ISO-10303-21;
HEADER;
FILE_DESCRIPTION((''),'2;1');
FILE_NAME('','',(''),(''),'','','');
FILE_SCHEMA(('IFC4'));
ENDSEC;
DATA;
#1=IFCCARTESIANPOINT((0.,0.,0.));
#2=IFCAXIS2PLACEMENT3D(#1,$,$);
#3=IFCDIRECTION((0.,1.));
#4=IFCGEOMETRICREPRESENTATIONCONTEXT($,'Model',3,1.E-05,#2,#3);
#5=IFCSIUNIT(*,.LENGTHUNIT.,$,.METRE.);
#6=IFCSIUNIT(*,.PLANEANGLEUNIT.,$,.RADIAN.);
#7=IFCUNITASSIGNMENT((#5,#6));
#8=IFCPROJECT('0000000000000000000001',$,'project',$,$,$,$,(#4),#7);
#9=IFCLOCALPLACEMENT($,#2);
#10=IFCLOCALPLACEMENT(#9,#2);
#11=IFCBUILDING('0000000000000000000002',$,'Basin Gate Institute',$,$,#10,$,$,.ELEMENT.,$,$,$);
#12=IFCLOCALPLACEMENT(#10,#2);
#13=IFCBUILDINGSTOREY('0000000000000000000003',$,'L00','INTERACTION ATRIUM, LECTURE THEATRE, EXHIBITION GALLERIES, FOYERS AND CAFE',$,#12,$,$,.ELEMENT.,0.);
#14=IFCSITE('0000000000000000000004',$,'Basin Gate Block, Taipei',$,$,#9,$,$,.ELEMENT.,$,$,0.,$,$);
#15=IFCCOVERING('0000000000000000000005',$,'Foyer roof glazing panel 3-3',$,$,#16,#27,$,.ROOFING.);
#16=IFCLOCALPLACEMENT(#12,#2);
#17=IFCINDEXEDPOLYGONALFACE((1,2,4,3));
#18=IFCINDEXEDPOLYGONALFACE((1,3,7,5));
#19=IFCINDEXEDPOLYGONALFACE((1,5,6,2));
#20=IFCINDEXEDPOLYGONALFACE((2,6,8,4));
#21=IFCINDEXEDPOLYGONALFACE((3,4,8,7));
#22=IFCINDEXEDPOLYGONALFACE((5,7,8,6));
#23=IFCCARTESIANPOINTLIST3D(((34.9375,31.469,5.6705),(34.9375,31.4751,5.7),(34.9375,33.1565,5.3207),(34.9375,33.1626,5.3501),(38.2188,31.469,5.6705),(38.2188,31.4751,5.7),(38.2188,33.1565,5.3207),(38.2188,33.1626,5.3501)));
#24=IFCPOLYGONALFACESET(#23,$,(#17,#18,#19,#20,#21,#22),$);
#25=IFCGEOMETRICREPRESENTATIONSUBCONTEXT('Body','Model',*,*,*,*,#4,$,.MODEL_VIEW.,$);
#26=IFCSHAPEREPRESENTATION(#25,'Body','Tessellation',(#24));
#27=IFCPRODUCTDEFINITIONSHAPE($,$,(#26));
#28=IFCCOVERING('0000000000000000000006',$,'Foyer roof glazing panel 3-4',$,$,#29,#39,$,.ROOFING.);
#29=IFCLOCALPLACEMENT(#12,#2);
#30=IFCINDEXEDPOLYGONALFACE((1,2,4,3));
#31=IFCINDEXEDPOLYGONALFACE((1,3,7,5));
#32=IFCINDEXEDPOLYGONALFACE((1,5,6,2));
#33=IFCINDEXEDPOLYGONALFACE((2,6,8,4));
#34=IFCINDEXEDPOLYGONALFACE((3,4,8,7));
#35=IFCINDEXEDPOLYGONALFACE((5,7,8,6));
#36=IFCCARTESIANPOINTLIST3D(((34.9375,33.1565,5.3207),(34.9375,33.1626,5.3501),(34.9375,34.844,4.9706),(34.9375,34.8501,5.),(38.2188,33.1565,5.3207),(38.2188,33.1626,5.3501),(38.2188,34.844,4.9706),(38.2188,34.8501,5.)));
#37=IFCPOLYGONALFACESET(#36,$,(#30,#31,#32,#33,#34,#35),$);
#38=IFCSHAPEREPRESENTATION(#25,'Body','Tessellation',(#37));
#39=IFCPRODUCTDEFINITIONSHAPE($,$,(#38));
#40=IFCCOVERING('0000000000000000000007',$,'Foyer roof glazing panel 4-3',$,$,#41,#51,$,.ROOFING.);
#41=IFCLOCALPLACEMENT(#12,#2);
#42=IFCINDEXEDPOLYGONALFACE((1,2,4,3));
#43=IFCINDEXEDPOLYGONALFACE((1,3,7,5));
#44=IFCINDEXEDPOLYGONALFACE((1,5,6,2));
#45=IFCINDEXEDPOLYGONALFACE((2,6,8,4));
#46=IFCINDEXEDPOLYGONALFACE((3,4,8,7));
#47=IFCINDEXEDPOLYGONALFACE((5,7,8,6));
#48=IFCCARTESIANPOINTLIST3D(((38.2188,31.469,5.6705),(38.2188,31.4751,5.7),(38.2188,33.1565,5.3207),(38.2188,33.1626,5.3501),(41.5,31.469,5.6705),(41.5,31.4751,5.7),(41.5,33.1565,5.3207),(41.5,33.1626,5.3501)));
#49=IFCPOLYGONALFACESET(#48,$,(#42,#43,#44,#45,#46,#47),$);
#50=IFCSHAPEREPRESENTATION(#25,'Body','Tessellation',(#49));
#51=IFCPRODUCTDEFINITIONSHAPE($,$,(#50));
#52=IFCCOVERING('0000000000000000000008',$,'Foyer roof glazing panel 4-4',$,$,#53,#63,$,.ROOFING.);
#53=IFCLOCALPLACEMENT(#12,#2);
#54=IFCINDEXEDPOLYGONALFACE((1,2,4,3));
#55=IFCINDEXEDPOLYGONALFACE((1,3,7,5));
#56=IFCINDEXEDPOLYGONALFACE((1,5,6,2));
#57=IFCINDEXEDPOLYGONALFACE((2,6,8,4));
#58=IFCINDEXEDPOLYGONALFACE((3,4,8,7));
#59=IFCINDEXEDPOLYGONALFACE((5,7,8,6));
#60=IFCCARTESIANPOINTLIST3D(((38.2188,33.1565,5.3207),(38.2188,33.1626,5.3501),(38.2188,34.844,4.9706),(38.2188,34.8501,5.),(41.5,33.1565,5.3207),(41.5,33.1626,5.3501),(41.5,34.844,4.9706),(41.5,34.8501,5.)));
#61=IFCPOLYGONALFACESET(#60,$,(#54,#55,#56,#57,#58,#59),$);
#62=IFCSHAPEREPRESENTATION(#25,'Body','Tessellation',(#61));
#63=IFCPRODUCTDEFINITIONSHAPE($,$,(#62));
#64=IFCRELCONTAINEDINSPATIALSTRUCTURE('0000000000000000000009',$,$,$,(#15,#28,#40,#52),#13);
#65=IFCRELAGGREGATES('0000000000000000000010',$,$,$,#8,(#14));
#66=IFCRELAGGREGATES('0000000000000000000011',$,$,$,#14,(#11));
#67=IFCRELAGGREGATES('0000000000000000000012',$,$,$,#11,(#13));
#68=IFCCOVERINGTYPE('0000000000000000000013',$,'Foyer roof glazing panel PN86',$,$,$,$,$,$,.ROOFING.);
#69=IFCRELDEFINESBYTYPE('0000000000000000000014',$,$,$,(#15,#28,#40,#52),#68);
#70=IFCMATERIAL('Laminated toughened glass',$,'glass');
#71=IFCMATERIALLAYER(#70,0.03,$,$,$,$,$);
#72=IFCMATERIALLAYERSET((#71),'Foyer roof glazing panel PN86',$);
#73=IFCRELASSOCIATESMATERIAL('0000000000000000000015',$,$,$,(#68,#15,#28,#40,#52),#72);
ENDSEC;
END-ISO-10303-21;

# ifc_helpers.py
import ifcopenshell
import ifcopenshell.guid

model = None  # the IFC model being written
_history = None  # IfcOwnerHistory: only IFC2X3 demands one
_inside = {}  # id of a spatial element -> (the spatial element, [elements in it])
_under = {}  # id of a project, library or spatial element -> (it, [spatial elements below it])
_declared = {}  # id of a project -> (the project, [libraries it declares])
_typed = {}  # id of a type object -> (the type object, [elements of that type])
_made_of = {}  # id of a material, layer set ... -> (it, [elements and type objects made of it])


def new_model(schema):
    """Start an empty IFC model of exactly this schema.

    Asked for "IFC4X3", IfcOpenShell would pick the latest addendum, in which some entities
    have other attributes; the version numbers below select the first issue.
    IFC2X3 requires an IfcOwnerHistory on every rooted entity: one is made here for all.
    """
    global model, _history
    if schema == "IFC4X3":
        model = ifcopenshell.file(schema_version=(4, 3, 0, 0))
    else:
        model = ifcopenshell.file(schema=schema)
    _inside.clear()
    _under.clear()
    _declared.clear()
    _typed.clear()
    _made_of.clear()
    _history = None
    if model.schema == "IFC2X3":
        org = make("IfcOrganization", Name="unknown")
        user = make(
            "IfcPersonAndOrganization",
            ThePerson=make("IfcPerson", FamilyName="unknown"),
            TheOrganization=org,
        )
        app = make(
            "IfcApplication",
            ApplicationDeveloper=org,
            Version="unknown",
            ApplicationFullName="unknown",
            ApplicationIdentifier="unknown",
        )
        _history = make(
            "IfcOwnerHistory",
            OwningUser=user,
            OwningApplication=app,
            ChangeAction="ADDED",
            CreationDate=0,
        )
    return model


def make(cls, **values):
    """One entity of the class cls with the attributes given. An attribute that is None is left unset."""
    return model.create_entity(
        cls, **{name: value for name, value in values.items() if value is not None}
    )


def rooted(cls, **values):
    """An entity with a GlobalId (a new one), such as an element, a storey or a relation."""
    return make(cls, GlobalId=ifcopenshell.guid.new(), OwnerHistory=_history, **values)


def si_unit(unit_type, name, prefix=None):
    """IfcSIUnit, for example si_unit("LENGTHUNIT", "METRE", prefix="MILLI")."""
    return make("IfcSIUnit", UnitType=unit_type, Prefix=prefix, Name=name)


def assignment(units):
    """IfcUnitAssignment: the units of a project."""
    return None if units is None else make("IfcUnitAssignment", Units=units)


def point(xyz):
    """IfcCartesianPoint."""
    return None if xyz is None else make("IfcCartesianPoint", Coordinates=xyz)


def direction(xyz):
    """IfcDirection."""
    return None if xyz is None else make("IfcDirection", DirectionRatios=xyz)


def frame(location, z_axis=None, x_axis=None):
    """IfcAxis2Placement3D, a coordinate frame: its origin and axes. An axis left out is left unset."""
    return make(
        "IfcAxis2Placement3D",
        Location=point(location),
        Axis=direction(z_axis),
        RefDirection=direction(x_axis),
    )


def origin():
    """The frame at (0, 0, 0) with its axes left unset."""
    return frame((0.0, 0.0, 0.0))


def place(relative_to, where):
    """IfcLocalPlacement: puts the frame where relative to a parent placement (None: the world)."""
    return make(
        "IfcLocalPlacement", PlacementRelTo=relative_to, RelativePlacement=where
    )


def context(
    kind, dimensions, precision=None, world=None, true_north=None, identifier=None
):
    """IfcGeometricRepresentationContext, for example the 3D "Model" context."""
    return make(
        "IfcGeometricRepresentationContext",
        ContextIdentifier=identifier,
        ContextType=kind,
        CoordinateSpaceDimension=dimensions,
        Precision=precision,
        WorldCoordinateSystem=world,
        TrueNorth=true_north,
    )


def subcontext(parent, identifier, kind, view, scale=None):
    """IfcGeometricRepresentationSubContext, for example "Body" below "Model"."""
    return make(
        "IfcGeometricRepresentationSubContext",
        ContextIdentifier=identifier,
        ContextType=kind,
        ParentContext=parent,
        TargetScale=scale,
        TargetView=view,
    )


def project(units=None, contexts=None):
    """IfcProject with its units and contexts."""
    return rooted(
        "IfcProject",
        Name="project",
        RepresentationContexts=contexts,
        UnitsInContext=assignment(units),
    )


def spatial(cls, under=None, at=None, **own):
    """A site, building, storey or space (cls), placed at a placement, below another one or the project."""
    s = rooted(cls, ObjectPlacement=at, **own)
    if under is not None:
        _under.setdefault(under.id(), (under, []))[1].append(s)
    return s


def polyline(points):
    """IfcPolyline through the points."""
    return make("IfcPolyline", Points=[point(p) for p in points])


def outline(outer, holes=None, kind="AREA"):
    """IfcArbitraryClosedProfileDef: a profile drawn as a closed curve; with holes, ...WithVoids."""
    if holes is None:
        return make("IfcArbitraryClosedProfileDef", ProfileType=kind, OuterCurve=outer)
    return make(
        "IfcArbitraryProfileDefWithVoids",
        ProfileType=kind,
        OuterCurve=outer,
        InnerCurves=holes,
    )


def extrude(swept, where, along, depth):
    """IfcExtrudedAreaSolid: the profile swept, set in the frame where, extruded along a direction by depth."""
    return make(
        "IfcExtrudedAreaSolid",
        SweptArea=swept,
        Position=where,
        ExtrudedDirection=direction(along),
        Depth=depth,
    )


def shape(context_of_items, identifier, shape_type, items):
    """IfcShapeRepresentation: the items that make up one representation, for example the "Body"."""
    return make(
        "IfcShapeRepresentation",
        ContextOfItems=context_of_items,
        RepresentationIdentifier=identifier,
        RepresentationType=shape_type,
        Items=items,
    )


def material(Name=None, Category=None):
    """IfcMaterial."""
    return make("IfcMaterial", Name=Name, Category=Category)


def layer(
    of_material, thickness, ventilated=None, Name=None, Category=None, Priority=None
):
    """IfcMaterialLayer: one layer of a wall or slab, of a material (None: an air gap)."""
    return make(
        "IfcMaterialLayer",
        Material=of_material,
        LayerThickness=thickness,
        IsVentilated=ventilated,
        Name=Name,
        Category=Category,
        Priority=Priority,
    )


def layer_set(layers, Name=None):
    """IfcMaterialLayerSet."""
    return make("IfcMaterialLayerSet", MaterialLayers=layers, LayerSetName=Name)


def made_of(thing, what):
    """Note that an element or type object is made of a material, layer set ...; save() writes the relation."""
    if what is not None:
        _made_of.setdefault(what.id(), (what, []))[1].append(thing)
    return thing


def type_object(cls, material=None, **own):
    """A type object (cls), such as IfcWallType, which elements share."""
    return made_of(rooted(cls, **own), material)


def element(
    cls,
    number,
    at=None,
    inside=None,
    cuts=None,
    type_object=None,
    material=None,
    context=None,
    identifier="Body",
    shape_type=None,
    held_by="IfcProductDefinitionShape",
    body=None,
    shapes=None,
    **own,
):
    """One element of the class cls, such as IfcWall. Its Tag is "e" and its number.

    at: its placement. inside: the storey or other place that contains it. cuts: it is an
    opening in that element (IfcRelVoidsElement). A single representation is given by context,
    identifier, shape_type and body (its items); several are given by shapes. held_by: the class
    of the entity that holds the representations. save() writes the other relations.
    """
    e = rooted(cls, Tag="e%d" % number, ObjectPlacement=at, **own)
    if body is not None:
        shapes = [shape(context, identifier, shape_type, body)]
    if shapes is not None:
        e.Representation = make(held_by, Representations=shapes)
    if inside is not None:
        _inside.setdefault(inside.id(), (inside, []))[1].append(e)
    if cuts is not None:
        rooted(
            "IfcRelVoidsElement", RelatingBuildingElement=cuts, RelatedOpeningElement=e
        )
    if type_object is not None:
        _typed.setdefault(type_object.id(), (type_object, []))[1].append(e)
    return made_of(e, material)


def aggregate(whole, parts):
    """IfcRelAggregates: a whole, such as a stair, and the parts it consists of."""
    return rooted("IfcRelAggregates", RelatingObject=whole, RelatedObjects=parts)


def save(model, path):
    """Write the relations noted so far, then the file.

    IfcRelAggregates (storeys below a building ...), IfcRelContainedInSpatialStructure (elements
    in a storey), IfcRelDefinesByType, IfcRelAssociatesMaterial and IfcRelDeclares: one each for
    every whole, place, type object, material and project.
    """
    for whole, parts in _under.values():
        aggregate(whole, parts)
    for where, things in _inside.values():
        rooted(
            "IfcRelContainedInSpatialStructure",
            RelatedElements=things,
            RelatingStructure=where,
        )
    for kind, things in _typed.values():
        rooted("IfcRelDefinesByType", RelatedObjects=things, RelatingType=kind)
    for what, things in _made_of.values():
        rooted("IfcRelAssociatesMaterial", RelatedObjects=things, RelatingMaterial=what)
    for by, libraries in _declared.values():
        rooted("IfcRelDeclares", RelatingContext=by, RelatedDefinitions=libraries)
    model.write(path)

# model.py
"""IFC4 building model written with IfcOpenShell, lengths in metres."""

from ifc_helpers import new_model, si_unit, direction, frame, origin, place, context, subcontext, project, spatial, polyline, outline, extrude, material, layer, layer_set, type_object, element, save


model = new_model("IFC4")

# Units and contexts
model_context = context("Model", 3, precision=1e-05, world=origin(), true_north=direction((0.0, 1.0)))
body_context = subcontext(model_context, "Body", "Model", "MODEL_VIEW")
ifc_project = project(units=[si_unit("LENGTHUNIT", "METRE"), si_unit("PLANEANGLEUNIT", "RADIAN")], contexts=[model_context])

# Site, building, storey
site_placement = place(None, origin())
site = spatial("IfcSite", under=ifc_project, at=site_placement, Name="Basin Gate Block, Taipei", CompositionType="ELEMENT", RefElevation=0.0)
building_placement = place(site_placement, origin())
building = spatial("IfcBuilding", under=site, at=building_placement, Name="Basin Gate Institute", CompositionType="ELEMENT")
storey_placement = place(building_placement, origin())
storey = spatial("IfcBuildingStorey", under=building, at=storey_placement, Name="L00", Description="INTERACTION ATRIUM, LECTURE THEATRE, EXHIBITION GALLERIES, FOYERS AND CAFE", CompositionType="ELEMENT", Elevation=0.0)

# Coverings
ifc_material_1 = material(Name="Laminated toughened glass", Category="glass")
ifc_layer_1 = layer(ifc_material_1, 0.03)
ifc_layer_set_1 = layer_set([ifc_layer_1], Name="Foyer roof glazing panel PN86")
covering_type = type_object("IfcCoveringType", Name="Foyer roof glazing panel PN86", PredefinedType="ROOFING", material=ifc_layer_set_1)
covering_1_placement = place(storey_placement, frame((34.9375, 31.4751, 5.7), z_axis=(0.0, 0.203004, 0.979178), x_axis=(1.0, 0.0, 0.0)))
element("IfcCovering", 1, at=covering_1_placement, inside=storey, type_object=covering_type, material=ifc_layer_set_1, Name="Foyer roof glazing panel 3-3", PredefinedType="ROOFING", context=body_context, shape_type="SweptSolid", body=[
    extrude(outline(polyline([(0.0, 0.0), (3.2812, 0.0), (3.2812, 1.7234), (0.0, 1.7234), (0.0, 0.0)])), origin(), (0.0, 0.0, -1.0), 0.03),
])
covering_2_placement = place(storey_placement, frame((34.9375, 33.1626, 5.3501), z_axis=(0.0, 0.20314, 0.97915), x_axis=(1.0, 0.0, 0.0)))
element("IfcCovering", 2, at=covering_2_placement, inside=storey, type_object=covering_type, material=ifc_layer_set_1, Name="Foyer roof glazing panel 3-4", PredefinedType="ROOFING", context=body_context, shape_type="SweptSolid", body=[
    extrude(outline(polyline([(0.0, 0.0), (3.2812, 0.0), (3.2812, 1.7234), (0.0, 1.7234), (0.0, 0.0)])), origin(), (0.0, 0.0, -1.0), 0.03),
])
covering_3_placement = place(storey_placement, frame((38.2188, 31.4751, 5.7), z_axis=(0.0, 0.203004, 0.979178), x_axis=(1.0, 0.0, 0.0)))
element("IfcCovering", 3, at=covering_3_placement, inside=storey, type_object=covering_type, material=ifc_layer_set_1, Name="Foyer roof glazing panel 4-3", PredefinedType="ROOFING", context=body_context, shape_type="SweptSolid", body=[
    extrude(outline(polyline([(0.0, 0.0), (3.2812, 0.0), (3.2812, 1.7234), (0.0, 1.7234), (0.0, 0.0)])), origin(), (0.0, 0.0, -1.0), 0.03),
])
covering_4_placement = place(storey_placement, frame((38.2188, 33.1626, 5.3501), z_axis=(0.0, 0.20314, 0.97915), x_axis=(1.0, 0.0, 0.0)))
element("IfcCovering", 4, at=covering_4_placement, inside=storey, type_object=covering_type, material=ifc_layer_set_1, Name="Foyer roof glazing panel 4-4", PredefinedType="ROOFING", context=body_context, shape_type="SweptSolid", body=[
    extrude(outline(polyline([(0.0, 0.0), (3.2812, 0.0), (3.2812, 1.7234), (0.0, 1.7234), (0.0, 0.0)])), origin(), (0.0, 0.0, -1.0), 0.03),
])

save(model, "model.ifc")
